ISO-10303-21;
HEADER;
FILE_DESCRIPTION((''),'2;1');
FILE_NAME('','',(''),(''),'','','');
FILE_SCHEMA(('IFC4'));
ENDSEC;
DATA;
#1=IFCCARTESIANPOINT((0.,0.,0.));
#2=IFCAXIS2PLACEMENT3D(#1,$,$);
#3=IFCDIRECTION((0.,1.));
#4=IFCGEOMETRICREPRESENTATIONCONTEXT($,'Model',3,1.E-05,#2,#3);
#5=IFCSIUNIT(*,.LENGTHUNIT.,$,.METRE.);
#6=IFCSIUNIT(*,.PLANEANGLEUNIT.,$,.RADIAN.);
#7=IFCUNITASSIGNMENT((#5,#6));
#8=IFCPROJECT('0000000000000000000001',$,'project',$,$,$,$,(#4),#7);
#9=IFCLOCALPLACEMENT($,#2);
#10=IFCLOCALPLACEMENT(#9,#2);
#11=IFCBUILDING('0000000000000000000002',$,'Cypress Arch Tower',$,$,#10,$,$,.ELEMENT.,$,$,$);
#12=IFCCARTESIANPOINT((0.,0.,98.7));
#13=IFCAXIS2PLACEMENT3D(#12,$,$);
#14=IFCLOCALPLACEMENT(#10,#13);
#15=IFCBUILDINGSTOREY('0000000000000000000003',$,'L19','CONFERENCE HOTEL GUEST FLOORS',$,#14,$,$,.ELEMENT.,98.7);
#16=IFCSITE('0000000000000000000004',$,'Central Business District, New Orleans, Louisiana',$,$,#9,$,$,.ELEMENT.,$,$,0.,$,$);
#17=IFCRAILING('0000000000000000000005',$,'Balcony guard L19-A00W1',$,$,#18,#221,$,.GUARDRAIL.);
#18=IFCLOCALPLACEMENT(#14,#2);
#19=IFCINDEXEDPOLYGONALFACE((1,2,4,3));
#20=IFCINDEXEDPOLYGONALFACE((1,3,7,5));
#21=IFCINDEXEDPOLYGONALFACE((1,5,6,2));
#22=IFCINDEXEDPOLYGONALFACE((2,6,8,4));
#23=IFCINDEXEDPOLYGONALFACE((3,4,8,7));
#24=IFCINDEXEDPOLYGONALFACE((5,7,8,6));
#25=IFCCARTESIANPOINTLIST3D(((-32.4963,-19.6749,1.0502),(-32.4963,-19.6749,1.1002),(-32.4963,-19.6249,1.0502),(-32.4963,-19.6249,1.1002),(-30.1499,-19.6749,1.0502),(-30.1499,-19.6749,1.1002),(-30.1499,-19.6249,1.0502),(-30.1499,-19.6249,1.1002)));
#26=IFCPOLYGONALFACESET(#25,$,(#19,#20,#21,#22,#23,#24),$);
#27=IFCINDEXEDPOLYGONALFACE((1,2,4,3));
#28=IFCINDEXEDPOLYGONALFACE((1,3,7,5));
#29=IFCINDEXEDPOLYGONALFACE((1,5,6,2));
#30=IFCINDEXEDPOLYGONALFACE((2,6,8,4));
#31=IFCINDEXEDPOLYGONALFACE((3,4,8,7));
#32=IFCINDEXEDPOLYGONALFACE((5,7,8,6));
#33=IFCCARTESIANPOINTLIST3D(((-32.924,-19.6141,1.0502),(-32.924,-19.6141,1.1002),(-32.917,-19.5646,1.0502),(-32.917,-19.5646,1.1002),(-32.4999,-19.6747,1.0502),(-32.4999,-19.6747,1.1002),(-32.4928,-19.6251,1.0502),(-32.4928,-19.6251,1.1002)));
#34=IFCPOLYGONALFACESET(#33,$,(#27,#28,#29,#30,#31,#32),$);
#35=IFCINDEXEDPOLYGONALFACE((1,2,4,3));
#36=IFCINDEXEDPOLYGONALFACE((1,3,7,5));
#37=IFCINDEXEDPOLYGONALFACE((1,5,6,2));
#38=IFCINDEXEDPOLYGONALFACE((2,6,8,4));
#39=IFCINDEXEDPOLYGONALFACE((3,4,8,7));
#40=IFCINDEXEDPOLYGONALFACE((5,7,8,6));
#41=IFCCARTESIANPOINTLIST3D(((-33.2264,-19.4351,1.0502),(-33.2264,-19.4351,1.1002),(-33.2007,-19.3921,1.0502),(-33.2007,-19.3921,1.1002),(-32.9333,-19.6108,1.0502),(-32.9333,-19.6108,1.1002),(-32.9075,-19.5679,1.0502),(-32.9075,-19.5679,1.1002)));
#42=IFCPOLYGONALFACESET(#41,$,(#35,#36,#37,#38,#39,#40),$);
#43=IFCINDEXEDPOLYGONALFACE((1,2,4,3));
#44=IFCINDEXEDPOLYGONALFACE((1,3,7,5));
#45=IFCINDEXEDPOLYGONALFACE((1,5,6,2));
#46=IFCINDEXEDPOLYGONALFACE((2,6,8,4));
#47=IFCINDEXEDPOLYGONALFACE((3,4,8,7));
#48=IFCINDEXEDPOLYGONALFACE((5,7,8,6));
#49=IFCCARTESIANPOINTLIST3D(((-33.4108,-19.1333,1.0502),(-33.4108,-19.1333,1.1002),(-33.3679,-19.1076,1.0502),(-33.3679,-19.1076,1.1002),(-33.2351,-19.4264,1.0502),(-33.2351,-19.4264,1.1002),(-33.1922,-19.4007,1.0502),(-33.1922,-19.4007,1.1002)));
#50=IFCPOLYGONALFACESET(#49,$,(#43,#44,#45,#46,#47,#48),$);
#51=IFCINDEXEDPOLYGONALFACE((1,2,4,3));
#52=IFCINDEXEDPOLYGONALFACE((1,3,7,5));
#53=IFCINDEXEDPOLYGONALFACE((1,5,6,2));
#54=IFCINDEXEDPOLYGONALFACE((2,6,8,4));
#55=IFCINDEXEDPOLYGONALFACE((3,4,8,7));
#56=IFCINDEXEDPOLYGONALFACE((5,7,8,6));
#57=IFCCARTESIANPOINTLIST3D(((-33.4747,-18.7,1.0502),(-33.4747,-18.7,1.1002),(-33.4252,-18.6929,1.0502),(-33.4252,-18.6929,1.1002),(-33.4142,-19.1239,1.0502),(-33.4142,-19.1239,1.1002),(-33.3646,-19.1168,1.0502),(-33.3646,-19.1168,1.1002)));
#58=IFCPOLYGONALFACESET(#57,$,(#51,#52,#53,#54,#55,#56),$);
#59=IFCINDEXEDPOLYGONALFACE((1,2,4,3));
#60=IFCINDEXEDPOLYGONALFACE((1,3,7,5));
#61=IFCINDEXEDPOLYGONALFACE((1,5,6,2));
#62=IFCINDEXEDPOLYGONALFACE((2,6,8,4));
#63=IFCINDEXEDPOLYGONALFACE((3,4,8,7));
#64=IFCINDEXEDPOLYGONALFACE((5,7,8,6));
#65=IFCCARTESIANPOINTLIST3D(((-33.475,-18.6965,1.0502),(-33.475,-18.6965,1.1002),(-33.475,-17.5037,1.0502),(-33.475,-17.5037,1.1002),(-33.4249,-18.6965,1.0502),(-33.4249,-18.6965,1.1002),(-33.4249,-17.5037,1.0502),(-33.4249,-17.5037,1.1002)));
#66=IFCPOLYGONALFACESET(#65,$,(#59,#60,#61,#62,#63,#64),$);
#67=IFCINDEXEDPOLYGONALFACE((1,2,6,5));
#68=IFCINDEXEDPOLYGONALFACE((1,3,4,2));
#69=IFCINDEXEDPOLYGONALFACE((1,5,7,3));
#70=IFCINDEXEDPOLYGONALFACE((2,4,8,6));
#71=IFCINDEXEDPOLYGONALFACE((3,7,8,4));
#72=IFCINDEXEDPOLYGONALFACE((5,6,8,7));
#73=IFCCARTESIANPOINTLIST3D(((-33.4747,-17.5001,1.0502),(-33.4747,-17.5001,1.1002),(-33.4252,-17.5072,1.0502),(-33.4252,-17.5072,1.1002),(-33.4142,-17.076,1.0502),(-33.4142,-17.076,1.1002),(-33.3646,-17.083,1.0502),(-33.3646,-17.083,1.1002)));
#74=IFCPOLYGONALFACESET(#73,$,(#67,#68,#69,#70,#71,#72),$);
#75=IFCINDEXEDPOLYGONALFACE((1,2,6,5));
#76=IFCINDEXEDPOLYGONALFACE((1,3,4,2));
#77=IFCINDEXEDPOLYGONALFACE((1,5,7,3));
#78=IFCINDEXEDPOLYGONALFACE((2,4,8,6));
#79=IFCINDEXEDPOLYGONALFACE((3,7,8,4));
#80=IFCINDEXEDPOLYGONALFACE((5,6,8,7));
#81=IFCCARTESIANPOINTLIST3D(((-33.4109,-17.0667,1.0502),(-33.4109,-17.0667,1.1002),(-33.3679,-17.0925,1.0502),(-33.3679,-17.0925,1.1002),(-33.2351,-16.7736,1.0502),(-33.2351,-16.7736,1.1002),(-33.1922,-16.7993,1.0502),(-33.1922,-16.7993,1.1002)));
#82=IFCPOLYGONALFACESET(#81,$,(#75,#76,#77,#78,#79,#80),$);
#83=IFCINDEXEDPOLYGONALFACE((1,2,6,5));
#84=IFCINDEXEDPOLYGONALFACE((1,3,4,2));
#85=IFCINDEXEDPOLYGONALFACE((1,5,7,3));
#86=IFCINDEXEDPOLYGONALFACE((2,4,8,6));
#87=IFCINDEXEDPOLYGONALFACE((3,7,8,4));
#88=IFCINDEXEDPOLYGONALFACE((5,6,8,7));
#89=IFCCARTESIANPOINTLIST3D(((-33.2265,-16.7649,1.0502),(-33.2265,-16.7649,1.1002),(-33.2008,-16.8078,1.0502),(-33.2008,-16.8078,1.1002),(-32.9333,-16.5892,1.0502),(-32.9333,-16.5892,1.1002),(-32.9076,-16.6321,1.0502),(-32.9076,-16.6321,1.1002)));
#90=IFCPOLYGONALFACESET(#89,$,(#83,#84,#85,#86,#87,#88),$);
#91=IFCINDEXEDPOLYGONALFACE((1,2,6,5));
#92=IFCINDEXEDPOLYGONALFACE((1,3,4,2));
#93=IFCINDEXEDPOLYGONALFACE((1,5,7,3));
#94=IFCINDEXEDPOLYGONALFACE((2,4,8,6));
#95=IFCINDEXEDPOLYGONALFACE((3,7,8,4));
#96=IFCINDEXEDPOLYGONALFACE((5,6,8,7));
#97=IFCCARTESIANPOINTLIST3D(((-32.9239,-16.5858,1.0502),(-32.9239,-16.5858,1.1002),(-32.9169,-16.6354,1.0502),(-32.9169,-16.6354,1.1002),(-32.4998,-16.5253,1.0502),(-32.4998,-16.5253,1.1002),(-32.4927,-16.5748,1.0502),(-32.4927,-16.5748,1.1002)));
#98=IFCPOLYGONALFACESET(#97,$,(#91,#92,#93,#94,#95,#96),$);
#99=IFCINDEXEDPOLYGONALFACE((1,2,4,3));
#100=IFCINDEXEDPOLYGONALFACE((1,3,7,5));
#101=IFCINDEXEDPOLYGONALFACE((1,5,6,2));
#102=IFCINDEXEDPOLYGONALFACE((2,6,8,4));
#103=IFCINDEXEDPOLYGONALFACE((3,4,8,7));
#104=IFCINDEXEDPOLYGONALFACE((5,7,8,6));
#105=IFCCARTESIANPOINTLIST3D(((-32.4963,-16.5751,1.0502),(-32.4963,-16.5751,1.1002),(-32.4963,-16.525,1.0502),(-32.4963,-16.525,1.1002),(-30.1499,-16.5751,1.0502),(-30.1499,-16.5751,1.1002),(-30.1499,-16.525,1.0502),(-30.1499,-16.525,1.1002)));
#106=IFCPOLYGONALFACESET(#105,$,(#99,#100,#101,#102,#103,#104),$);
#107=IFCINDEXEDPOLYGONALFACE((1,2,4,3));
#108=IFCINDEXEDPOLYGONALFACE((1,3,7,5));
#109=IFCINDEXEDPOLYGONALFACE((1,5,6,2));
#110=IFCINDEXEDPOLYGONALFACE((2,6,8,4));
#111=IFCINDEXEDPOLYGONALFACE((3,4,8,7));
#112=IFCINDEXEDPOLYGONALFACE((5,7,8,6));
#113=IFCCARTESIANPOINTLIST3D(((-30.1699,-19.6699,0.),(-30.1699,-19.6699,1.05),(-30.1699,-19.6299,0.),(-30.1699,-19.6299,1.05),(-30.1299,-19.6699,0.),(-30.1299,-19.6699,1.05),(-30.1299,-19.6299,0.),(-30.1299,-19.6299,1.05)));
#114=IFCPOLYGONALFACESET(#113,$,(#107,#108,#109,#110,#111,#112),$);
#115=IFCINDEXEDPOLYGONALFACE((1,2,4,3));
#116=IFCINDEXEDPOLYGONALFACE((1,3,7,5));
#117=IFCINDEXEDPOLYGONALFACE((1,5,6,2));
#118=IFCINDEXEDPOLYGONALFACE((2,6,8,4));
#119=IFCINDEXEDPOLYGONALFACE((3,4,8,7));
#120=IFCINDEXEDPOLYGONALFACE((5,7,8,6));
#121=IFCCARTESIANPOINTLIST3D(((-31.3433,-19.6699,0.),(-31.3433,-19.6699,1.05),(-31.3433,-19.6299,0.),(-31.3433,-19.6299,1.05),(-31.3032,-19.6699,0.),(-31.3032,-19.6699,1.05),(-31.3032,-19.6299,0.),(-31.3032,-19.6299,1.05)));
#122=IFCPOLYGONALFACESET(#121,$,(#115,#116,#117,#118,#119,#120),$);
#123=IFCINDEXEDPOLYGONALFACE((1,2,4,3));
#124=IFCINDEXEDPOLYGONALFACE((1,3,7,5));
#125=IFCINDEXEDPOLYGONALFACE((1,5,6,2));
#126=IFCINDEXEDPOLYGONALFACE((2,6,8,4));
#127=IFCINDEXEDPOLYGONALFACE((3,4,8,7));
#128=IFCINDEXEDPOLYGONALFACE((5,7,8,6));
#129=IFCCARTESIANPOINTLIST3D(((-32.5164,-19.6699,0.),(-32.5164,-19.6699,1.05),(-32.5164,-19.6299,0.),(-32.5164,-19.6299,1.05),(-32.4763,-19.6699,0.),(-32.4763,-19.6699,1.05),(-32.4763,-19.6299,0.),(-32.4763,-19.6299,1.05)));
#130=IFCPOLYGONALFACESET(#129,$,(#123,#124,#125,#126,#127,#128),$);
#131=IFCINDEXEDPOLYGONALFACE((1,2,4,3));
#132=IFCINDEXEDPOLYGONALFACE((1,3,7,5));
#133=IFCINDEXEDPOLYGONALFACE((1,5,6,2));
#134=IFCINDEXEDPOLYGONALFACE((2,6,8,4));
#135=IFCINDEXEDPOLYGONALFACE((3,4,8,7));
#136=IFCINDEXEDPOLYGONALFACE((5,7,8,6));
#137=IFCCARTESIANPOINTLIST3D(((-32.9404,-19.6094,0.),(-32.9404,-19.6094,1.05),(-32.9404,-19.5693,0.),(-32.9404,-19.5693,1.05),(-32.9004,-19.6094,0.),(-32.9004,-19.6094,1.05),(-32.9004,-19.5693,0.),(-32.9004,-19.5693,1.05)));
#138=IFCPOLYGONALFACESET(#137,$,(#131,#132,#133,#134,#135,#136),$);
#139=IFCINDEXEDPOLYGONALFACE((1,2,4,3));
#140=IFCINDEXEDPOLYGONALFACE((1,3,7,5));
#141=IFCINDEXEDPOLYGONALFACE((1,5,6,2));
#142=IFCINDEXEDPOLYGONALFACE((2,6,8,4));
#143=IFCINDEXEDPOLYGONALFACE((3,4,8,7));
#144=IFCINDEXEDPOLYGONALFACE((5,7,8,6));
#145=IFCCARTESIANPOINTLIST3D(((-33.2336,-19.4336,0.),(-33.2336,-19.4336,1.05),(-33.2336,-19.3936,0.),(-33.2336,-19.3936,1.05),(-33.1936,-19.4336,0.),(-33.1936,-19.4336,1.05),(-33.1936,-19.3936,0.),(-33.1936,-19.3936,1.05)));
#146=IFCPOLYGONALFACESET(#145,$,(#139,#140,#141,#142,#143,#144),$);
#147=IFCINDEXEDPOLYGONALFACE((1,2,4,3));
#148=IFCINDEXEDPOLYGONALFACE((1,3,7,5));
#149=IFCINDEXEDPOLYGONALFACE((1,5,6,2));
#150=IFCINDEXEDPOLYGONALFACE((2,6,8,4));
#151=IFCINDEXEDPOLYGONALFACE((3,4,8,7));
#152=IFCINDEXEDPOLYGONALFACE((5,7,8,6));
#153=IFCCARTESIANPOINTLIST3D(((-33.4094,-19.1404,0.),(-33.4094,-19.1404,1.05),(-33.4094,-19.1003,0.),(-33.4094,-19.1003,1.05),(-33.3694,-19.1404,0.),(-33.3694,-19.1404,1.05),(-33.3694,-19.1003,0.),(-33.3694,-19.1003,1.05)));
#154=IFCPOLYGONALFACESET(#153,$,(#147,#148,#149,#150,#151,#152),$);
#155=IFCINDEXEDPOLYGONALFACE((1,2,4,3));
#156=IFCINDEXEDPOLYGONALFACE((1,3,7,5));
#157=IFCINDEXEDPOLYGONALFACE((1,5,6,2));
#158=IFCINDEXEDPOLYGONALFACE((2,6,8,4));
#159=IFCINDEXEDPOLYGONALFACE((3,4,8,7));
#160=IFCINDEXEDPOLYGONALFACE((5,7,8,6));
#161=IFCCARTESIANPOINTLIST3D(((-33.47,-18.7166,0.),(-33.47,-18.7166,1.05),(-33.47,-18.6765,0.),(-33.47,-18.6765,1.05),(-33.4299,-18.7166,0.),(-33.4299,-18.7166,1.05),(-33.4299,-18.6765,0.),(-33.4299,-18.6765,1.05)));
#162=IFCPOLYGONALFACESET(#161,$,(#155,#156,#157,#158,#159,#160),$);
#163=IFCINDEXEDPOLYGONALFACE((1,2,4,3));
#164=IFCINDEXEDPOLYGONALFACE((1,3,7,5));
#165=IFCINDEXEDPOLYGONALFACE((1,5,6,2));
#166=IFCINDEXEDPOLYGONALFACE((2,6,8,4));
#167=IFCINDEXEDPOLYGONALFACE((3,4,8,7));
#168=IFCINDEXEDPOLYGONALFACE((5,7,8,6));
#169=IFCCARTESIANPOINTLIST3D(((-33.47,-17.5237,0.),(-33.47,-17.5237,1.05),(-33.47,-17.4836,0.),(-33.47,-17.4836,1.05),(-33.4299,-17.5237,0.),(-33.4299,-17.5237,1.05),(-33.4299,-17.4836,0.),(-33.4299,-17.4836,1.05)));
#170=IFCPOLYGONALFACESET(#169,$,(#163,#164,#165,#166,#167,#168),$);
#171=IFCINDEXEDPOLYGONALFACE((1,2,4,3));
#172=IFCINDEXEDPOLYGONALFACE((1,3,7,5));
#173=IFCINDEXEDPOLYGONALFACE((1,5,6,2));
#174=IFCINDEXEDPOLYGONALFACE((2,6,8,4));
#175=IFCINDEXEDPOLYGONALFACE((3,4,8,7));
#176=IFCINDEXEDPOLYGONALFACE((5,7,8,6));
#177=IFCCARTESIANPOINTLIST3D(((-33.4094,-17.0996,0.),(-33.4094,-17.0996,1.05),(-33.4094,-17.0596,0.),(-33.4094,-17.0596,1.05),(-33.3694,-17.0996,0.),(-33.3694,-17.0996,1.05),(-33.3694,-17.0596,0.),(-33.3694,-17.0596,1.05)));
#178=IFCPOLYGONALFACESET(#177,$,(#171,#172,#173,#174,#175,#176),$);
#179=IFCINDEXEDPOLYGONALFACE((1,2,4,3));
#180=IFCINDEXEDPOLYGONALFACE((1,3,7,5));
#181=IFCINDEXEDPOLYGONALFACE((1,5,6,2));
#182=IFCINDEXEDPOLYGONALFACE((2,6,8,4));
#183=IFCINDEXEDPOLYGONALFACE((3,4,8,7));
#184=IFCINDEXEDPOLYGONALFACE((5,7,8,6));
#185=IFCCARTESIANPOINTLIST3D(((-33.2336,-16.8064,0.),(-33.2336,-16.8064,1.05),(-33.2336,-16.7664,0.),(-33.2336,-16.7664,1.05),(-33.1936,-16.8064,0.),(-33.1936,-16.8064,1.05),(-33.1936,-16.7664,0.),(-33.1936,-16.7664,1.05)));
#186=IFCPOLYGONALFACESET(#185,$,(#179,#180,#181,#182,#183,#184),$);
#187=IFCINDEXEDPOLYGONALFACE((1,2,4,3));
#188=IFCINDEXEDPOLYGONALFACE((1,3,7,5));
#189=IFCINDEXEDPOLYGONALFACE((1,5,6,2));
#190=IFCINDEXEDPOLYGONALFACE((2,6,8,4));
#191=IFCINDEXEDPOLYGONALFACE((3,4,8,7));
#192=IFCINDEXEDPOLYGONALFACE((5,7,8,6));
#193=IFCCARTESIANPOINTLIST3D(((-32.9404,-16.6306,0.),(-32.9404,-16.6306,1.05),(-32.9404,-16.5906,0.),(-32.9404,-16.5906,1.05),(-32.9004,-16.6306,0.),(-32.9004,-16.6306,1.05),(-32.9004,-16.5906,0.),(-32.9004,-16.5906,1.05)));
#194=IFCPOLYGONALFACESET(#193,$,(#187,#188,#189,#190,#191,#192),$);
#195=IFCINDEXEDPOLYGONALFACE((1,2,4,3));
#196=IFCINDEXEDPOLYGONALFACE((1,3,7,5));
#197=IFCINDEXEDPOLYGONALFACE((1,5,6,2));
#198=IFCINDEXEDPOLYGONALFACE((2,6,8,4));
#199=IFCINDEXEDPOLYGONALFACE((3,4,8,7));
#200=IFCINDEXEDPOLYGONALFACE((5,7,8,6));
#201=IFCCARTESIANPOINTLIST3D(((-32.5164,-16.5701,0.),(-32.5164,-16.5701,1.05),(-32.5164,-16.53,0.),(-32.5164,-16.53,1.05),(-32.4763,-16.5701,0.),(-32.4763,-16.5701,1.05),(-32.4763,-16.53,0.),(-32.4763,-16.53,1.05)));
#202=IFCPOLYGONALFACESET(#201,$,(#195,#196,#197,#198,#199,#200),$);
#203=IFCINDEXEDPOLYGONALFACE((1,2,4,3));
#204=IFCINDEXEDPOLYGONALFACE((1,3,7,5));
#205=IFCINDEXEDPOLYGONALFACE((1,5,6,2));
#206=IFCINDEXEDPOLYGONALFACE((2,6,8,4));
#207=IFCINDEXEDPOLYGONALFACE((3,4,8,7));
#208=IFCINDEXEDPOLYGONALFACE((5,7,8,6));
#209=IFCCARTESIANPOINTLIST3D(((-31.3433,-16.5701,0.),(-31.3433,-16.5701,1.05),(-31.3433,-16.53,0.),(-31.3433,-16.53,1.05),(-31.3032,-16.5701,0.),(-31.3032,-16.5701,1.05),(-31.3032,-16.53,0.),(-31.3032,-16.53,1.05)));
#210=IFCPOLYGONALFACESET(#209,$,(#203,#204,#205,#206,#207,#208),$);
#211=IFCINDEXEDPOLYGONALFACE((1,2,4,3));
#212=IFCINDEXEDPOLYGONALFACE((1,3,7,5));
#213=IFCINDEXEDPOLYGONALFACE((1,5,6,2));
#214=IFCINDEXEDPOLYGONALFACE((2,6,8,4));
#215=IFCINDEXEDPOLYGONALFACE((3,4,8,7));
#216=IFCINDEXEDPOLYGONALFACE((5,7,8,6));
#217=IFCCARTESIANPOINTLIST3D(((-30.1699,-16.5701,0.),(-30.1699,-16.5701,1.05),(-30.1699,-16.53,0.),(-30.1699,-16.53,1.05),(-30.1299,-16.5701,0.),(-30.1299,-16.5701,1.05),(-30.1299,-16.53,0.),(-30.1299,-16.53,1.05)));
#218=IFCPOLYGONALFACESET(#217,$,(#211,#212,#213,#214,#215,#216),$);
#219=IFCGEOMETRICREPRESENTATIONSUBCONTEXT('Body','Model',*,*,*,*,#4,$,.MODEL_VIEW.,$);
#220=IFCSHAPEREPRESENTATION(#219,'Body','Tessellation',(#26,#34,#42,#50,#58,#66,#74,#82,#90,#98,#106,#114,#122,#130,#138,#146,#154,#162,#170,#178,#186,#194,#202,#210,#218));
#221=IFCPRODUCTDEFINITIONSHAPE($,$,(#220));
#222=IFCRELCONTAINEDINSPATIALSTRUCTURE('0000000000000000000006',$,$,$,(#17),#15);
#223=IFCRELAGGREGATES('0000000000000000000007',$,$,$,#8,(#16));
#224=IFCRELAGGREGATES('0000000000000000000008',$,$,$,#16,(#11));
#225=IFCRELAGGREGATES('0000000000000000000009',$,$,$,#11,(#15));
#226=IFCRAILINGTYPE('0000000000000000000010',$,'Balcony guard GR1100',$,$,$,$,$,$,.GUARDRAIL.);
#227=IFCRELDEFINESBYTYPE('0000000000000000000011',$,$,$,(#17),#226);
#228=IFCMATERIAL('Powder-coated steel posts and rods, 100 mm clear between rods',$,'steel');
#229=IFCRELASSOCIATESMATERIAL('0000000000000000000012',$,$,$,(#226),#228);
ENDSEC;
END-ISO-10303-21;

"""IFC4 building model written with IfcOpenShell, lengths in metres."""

from ifc_helpers import new_model, si_unit, direction, frame, origin, origin_2d, place, context, subcontext, project, spatial, rectangle, extrude, material, type_object, element, save


model = new_model("IFC4")

# Units and contexts
model_context = context("Model", 3, precision=1e-05, world=origin(), true_north=direction((0.0, 1.0)))
body_context = subcontext(model_context, "Body", "Model", "MODEL_VIEW")
ifc_project = project(units=[si_unit("LENGTHUNIT", "METRE"), si_unit("PLANEANGLEUNIT", "RADIAN")], contexts=[model_context])

# Site, building, storey
site_placement = place(None, origin())
site = spatial("IfcSite", under=ifc_project, at=site_placement, Name="Central Business District, New Orleans, Louisiana", CompositionType="ELEMENT", RefElevation=0.0)
building_placement = place(site_placement, origin())
building = spatial("IfcBuilding", under=site, at=building_placement, Name="Cypress Arch Tower", CompositionType="ELEMENT")
storey_placement = place(building_placement, frame((0.0, 0.0, 98.7)))
storey = spatial("IfcBuildingStorey", under=building, at=storey_placement, Name="L19", Description="CONFERENCE HOTEL GUEST FLOORS", CompositionType="ELEMENT", Elevation=98.7)

# Railing
ifc_material_1 = material(Name="Powder-coated steel posts and rods, 100 mm clear between rods", Category="steel")
railing_type = type_object("IfcRailingType", Name="Balcony guard GR1100", PredefinedType="GUARDRAIL", material=ifc_material_1)
railing_placement = place(storey_placement, frame((-30.1499, -19.6499, 0.0)))
element("IfcRailing", 1, at=railing_placement, inside=storey, type_object=railing_type, Name="Balcony guard L19-A00W1", PredefinedType="GUARDRAIL", context=body_context, shape_type="SweptSolid", body=[
    extrude(rectangle(XDim=0.05, YDim=0.05, at=origin_2d()), frame((0.0, 0.0, 1.0752), z_axis=(-1.0, 0.0, 0.0), x_axis=(0.0, -1.0, 0.0)), (0.0, 0.0, 1.0), 2.3464),
    extrude(rectangle(XDim=0.05, YDim=0.05, at=origin_2d()), frame((-2.3464, 0.0, 1.0752), z_axis=(-0.989961, 0.141342, 0.0), x_axis=(-0.141342, -0.989961, 0.0)), (0.0, 0.0, 1.0), 0.4285),
    extrude(rectangle(XDim=0.05, YDim=0.05, at=origin_2d()), frame((-2.7705, 0.0605, 1.0752), z_axis=(-0.857682, 0.514181, 0.0), x_axis=(-0.514181, -0.857682, 0.0)), (0.0, 0.0, 1.0), 0.3418),
    extrude(rectangle(XDim=0.05, YDim=0.05, at=origin_2d()), frame((-3.0637, 0.2363, 1.0752), z_axis=(-0.514181, 0.857682, 0.0), x_axis=(-0.857682, -0.514181, 0.0)), (0.0, 0.0, 1.0), 0.3418),
    extrude(rectangle(XDim=0.05, YDim=0.05, at=origin_2d()), frame((-3.2395, 0.5295, 1.0752), z_axis=(-0.141421, 0.989949, 0.0), x_axis=(-0.989949, -0.141421, 0.0)), (0.0, 0.0, 1.0), 0.4282),
    extrude(rectangle(XDim=0.05, YDim=0.05, at=origin_2d()), frame((-3.3, 0.9534, 1.0752), z_axis=(0.0, 1.0, 0.0), x_axis=(-1.0, 0.0, 0.0)), (0.0, 0.0, 1.0), 1.1929),
    extrude(rectangle(XDim=0.05, YDim=0.05, at=origin_2d()), frame((-3.3, 2.1462, 1.0752), z_axis=(0.141342, 0.989961, 0.0), x_axis=(-0.989961, 0.141342, 0.0)), (0.0, 0.0, 1.0), 0.4285),
    extrude(rectangle(XDim=0.05, YDim=0.05, at=origin_2d()), frame((-3.2395, 2.5703, 1.0752), z_axis=(0.514181, 0.857682, 0.0), x_axis=(-0.857682, 0.514181, 0.0)), (0.0, 0.0, 1.0), 0.3418),
    extrude(rectangle(XDim=0.05, YDim=0.05, at=origin_2d()), frame((-3.0637, 2.8635, 1.0752), z_axis=(0.857682, 0.514181, 0.0), x_axis=(-0.514181, 0.857682, 0.0)), (0.0, 0.0, 1.0), 0.3418),
    extrude(rectangle(XDim=0.05, YDim=0.05, at=origin_2d()), frame((-2.7705, 3.0393, 1.0752), z_axis=(0.989961, 0.141342, 0.0), x_axis=(-0.141342, 0.989961, 0.0)), (0.0, 0.0, 1.0), 0.4285),
    extrude(rectangle(XDim=0.05, YDim=0.05, at=origin_2d()), frame((-2.3464, 3.0999, 1.0752), z_axis=(1.0, 0.0, 0.0), x_axis=(0.0, 1.0, 0.0)), (0.0, 0.0, 1.0), 2.3464),
    extrude(rectangle(XDim=0.04, YDim=0.04, at=origin_2d()), origin(), (0.0, 0.0, 1.0), 1.05),
    extrude(rectangle(XDim=0.04, YDim=0.04, at=origin_2d()), frame((-1.1733, 0.0, 0.0)), (0.0, 0.0, 1.0), 1.05),
    extrude(rectangle(XDim=0.04, YDim=0.04, at=origin_2d()), frame((-2.3464, 0.0, 0.0)), (0.0, 0.0, 1.0), 1.05),
    extrude(rectangle(XDim=0.04, YDim=0.04, at=origin_2d()), frame((-2.7705, 0.0605, 0.0)), (0.0, 0.0, 1.0), 1.05),
    extrude(rectangle(XDim=0.04, YDim=0.04, at=origin_2d()), frame((-3.0637, 0.2363, 0.0)), (0.0, 0.0, 1.0), 1.05),
    extrude(rectangle(XDim=0.04, YDim=0.04, at=origin_2d()), frame((-3.2395, 0.5295, 0.0)), (0.0, 0.0, 1.0), 1.05),
    extrude(rectangle(XDim=0.04, YDim=0.04, at=origin_2d()), frame((-3.3, 0.9534, 0.0)), (0.0, 0.0, 1.0), 1.05),
    extrude(rectangle(XDim=0.04, YDim=0.04, at=origin_2d()), frame((-3.3, 2.1462, 0.0)), (0.0, 0.0, 1.0), 1.05),
    extrude(rectangle(XDim=0.04, YDim=0.04, at=origin_2d()), frame((-3.2395, 2.5703, 0.0)), (0.0, 0.0, 1.0), 1.05),
    extrude(rectangle(XDim=0.04, YDim=0.04, at=origin_2d()), frame((-3.0637, 2.8635, 0.0)), (0.0, 0.0, 1.0), 1.05),
    extrude(rectangle(XDim=0.04, YDim=0.04, at=origin_2d()), frame((-2.7705, 3.0393, 0.0)), (0.0, 0.0, 1.0), 1.05),
    extrude(rectangle(XDim=0.04, YDim=0.04, at=origin_2d()), frame((-2.3464, 3.0999, 0.0)), (0.0, 0.0, 1.0), 1.05),
    extrude(rectangle(XDim=0.04, YDim=0.04, at=origin_2d()), frame((-1.1733, 3.0999, 0.0)), (0.0, 0.0, 1.0), 1.05),
    extrude(rectangle(XDim=0.04, YDim=0.04, at=origin_2d()), frame((0.0, 3.0999, 0.0)), (0.0, 0.0, 1.0), 1.05),
])

save(model, "model.ifc")
